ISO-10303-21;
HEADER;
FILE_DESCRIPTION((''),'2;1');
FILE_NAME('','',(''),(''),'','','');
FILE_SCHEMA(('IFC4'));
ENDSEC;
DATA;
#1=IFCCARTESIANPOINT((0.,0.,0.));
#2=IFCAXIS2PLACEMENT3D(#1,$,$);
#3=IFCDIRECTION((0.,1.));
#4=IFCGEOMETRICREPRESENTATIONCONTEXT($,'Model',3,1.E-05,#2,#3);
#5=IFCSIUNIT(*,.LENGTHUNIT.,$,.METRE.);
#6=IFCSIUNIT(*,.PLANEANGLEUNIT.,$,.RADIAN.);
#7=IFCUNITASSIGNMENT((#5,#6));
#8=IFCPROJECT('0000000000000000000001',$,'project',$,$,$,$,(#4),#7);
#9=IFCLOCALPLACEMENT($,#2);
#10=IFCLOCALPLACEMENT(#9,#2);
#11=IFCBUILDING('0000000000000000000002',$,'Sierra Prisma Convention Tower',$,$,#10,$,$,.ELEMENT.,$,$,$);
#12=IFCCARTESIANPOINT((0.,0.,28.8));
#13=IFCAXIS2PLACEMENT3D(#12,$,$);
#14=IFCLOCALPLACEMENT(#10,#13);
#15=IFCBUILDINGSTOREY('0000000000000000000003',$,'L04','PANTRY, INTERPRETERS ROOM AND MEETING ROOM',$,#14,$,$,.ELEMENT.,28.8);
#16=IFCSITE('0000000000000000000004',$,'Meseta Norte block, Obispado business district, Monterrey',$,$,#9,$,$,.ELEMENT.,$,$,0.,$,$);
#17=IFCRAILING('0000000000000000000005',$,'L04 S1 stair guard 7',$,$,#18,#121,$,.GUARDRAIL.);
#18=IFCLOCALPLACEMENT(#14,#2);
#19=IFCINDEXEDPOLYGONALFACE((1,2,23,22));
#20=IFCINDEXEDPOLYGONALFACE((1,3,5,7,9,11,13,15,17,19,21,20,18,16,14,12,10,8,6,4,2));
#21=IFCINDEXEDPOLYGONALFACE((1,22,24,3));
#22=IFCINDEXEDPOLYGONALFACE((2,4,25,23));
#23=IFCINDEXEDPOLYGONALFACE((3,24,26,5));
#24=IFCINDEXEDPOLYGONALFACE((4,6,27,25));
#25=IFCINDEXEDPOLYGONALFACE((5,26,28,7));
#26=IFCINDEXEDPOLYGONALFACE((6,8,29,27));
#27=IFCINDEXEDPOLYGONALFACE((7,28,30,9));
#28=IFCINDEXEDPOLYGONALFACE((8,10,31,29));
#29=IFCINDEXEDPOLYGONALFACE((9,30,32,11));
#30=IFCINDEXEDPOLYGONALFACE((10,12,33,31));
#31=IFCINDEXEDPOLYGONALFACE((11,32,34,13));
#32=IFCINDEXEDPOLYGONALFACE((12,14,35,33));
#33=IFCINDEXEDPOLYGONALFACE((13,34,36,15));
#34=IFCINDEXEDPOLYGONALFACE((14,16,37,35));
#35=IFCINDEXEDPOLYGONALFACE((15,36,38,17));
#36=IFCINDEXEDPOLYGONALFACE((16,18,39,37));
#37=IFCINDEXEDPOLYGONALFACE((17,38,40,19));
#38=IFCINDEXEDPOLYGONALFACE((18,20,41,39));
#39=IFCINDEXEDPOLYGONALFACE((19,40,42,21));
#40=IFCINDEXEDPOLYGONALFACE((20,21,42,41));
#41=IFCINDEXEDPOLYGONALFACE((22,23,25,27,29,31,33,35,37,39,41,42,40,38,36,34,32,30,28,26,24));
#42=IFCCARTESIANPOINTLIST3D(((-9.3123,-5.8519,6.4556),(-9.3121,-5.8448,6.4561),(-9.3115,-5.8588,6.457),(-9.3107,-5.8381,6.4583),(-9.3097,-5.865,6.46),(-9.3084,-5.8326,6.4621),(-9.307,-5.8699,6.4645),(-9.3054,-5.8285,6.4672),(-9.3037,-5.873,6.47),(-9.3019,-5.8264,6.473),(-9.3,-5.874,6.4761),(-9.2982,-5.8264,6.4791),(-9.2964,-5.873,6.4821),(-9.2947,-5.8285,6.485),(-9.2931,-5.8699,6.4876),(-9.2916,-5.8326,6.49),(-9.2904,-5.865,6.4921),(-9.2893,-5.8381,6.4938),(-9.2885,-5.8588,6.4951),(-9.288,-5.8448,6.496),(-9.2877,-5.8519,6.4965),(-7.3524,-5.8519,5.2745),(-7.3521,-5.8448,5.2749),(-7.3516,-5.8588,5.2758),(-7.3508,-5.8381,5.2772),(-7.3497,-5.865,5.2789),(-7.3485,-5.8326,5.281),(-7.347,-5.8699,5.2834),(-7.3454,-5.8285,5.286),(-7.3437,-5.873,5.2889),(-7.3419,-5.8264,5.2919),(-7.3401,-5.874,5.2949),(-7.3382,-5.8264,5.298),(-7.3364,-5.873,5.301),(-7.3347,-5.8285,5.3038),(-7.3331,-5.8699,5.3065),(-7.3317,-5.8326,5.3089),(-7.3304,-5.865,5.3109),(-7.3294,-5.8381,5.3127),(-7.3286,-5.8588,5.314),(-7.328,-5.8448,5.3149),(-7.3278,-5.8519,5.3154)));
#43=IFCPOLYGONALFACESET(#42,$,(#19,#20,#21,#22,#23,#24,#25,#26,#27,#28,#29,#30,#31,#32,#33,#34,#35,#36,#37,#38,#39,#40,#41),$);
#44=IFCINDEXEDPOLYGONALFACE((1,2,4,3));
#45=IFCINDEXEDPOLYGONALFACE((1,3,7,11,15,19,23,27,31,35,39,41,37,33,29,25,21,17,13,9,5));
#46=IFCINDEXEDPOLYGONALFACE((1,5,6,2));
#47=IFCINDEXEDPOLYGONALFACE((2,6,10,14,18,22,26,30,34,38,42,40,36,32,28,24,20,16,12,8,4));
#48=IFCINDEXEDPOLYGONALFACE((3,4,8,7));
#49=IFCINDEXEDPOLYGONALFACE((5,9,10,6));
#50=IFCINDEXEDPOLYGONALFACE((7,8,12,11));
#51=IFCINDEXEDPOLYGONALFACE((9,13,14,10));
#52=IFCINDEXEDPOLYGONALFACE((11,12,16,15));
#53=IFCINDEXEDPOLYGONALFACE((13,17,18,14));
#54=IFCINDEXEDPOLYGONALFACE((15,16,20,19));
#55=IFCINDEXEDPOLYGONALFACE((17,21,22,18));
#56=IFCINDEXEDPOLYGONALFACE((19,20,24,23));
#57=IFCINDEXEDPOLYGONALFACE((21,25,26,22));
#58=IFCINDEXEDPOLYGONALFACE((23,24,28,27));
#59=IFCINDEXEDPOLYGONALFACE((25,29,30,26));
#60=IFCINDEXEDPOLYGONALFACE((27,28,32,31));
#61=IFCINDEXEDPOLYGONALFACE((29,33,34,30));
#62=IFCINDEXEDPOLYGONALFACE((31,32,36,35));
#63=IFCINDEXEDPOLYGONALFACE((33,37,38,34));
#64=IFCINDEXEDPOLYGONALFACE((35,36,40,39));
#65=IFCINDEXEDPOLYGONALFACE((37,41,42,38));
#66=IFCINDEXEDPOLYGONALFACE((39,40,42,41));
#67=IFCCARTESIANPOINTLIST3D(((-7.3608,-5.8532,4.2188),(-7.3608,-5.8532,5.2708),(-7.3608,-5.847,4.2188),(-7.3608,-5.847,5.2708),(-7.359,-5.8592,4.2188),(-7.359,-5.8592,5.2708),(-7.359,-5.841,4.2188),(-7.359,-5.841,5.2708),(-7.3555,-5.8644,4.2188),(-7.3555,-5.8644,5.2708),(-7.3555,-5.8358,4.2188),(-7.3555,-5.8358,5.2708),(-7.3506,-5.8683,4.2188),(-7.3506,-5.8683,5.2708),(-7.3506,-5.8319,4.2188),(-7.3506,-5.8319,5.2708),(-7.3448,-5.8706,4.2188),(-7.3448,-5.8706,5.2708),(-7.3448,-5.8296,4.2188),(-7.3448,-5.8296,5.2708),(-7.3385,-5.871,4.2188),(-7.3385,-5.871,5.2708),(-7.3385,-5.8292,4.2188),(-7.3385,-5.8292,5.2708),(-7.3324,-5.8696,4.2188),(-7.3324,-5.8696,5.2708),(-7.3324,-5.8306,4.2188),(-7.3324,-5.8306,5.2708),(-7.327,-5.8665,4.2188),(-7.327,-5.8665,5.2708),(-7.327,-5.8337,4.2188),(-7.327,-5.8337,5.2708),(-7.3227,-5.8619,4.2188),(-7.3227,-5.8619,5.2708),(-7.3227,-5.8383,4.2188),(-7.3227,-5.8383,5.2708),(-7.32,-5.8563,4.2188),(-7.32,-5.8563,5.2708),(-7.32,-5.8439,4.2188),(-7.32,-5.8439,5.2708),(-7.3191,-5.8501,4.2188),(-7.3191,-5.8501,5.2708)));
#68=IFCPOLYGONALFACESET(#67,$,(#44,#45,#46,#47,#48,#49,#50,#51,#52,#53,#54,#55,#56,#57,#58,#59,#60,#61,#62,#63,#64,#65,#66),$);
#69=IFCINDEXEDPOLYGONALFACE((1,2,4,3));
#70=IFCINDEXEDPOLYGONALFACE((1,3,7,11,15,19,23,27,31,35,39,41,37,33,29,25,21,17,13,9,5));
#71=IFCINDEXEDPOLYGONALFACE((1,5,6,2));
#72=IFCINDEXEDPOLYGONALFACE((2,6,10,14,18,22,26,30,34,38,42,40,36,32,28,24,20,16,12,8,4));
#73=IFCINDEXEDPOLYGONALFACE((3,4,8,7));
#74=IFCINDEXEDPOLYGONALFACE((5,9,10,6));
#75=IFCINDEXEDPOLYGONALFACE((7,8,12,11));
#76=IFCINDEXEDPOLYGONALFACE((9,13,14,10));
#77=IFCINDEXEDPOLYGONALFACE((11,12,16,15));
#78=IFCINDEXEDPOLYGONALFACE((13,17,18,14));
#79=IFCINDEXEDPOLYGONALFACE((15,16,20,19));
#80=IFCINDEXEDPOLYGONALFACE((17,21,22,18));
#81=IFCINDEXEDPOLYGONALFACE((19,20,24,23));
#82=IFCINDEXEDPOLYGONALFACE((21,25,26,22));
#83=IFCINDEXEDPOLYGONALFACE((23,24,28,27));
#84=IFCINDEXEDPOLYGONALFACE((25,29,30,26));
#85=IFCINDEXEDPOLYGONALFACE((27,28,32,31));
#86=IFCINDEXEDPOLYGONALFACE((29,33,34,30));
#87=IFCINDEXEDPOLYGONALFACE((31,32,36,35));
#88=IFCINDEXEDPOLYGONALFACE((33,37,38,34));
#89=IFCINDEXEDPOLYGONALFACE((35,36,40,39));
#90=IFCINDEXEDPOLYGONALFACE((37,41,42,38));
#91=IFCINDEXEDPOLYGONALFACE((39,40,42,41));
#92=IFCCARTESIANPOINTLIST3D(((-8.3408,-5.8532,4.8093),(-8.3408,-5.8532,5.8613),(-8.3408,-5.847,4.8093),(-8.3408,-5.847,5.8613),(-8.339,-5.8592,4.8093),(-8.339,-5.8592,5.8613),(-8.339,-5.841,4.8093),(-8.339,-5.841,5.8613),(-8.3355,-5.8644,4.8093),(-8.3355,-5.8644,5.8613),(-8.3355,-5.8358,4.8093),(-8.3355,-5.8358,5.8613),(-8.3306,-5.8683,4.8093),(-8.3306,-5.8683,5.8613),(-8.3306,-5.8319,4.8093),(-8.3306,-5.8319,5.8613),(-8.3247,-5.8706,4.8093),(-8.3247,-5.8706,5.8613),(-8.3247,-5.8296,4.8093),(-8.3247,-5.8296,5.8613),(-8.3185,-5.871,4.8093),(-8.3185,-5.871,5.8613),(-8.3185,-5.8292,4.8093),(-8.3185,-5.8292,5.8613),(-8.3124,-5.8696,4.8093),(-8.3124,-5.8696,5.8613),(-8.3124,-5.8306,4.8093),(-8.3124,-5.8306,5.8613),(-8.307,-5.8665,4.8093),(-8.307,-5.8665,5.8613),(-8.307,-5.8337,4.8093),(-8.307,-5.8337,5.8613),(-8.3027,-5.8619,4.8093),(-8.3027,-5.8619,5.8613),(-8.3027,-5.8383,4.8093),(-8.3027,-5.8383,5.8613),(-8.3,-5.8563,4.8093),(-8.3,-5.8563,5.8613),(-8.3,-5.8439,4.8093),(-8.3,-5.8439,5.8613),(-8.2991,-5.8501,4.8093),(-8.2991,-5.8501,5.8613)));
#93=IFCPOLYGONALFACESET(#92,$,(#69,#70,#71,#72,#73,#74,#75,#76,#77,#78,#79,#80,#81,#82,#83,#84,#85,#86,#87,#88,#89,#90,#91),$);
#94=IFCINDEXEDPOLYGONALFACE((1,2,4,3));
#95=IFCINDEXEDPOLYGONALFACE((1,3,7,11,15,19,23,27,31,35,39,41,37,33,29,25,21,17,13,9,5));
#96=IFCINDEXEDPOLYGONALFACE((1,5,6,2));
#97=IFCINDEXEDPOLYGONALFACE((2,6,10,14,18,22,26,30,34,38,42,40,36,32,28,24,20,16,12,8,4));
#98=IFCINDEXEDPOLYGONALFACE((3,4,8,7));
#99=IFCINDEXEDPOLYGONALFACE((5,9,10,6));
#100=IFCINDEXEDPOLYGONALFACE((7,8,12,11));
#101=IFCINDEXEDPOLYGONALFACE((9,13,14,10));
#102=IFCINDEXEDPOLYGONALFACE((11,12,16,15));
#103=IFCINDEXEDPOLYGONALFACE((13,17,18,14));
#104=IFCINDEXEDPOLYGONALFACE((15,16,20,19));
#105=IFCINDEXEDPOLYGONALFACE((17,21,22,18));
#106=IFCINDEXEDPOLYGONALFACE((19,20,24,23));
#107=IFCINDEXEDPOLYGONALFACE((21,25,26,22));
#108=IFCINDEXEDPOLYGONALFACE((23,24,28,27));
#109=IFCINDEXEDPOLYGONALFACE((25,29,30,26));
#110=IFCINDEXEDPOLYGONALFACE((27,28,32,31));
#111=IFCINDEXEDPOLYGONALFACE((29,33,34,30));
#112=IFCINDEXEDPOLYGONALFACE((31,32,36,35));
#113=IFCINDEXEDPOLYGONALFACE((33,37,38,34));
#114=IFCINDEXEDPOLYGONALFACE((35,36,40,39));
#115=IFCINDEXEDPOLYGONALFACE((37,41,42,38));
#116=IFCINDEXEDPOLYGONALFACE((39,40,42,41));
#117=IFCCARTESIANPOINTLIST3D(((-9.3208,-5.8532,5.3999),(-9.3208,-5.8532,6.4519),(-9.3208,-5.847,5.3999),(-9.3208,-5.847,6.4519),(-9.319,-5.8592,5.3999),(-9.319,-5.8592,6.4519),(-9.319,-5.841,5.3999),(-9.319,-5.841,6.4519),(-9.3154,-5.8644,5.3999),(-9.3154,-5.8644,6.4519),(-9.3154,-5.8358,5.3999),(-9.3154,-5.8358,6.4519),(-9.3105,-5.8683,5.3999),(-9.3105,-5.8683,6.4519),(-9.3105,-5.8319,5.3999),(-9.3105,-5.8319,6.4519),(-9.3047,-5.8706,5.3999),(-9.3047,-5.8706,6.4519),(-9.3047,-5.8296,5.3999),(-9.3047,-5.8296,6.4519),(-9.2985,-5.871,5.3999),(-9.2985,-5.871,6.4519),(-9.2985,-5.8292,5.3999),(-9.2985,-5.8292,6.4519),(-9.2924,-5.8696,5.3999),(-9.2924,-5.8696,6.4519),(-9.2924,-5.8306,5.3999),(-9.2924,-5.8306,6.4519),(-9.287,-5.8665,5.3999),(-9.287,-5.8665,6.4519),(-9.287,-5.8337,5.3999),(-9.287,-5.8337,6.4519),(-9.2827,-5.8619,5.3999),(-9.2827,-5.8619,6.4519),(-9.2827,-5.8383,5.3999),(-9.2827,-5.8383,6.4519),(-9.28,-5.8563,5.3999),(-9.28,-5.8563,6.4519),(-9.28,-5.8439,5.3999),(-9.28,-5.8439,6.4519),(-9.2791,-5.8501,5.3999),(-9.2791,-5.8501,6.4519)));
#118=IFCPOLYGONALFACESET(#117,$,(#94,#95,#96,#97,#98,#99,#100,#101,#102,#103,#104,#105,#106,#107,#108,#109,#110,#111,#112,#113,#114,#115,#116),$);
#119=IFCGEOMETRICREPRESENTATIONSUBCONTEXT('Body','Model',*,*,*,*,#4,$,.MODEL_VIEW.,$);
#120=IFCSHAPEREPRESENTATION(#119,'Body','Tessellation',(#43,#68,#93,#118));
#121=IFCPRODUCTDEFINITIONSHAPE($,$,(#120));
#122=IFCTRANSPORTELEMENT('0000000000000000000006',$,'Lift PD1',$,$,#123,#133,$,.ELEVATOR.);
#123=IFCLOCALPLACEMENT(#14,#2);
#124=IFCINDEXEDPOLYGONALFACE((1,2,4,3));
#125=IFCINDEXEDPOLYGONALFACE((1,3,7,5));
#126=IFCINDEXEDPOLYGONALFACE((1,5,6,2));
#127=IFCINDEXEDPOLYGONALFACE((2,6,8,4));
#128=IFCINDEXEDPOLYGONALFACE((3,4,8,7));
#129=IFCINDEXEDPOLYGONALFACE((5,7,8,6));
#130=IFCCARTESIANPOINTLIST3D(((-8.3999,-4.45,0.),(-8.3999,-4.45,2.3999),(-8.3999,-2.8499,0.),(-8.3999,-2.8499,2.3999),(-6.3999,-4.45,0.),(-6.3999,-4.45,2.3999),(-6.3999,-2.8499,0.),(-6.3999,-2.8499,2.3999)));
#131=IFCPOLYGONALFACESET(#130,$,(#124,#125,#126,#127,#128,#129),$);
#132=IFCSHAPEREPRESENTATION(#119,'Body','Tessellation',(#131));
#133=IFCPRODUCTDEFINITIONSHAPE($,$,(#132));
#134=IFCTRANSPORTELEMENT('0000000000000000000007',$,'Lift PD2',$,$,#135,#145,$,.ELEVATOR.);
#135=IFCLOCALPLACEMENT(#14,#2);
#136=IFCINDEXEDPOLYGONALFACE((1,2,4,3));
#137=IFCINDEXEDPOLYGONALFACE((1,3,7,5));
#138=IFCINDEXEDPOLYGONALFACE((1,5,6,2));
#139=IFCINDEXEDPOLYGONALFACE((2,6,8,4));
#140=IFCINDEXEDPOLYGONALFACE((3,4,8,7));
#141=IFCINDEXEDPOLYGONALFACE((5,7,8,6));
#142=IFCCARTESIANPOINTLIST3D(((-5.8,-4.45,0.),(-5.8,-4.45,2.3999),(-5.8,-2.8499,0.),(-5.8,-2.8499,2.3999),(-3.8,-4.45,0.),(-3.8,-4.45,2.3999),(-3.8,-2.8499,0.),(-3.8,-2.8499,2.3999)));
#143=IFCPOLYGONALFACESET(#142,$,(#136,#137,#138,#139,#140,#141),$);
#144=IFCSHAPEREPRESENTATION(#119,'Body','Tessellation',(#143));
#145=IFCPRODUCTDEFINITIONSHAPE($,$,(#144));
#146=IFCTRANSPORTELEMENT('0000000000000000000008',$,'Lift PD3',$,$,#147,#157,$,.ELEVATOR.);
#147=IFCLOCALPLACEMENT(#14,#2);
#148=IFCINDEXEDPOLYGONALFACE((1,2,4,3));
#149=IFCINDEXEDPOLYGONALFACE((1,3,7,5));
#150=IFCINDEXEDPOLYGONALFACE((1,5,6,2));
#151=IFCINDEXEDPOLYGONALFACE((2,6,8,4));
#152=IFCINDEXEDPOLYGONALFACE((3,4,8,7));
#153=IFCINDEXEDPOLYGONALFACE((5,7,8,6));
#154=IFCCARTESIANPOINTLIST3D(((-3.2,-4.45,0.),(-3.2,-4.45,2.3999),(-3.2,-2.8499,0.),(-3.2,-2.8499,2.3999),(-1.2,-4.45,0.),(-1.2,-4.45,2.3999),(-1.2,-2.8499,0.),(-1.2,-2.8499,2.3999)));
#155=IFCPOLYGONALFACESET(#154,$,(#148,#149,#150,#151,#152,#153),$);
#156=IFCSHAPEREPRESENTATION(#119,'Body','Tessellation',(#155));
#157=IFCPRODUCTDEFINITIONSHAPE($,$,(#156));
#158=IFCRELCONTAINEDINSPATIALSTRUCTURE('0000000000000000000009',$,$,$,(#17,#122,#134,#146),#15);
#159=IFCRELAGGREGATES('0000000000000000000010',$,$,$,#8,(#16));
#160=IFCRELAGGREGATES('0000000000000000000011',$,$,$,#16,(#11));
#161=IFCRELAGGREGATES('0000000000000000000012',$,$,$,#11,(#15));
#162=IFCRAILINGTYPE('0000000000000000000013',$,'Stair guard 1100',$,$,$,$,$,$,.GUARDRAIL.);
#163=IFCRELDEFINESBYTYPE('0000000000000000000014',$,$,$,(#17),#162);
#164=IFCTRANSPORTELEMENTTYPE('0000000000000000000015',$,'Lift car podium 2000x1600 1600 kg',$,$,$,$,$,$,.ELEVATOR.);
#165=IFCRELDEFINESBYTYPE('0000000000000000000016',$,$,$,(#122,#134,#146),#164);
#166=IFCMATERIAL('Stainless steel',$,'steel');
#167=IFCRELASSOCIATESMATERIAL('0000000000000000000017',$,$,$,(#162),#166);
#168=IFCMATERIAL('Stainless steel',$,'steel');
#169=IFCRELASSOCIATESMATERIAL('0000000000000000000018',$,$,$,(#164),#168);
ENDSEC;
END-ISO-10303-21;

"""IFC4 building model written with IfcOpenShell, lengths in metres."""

from ifc_helpers import new_model, si_unit, direction, frame, origin, origin_2d, place, context, subcontext, project, spatial, rectangle, circle, extrude, material, type_object, element, save


model = new_model("IFC4")

# Units and contexts
model_context = context("Model", 3, precision=1e-05, world=origin(), true_north=direction((0.0, 1.0)))
body_context = subcontext(model_context, "Body", "Model", "MODEL_VIEW")
ifc_project = project(units=[si_unit("LENGTHUNIT", "METRE"), si_unit("PLANEANGLEUNIT", "RADIAN")], contexts=[model_context])

# Site, building, storey
site_placement = place(None, origin())
site = spatial("IfcSite", under=ifc_project, at=site_placement, Name="Meseta Norte block, Obispado business district, Monterrey", CompositionType="ELEMENT", RefElevation=0.0)
building_placement = place(site_placement, origin())
building = spatial("IfcBuilding", under=site, at=building_placement, Name="Sierra Prisma Convention Tower", CompositionType="ELEMENT")
storey_placement = place(building_placement, frame((0.0, 0.0, 28.8)))
storey = spatial("IfcBuildingStorey", under=building, at=storey_placement, Name="L04", Description="PANTRY, INTERPRETERS ROOM AND MEETING ROOM", CompositionType="ELEMENT", Elevation=28.8)

# Railing
ifc_material_1 = material(Name="Stainless steel", Category="steel")
railing_type_1 = type_object("IfcRailingType", Name="Stair guard 1100", PredefinedType="GUARDRAIL", material=ifc_material_1)
railing_placement = place(storey_placement, frame((-7.3401, -5.8501, 4.2188)))
element("IfcRailing", 1, at=railing_placement, inside=storey, type_object=railing_type_1, Name="L04 S1 stair guard 7", PredefinedType="GUARDRAIL", context=body_context, shape_type="SweptSolid", body=[
    extrude(circle(Radius=0.0239, at=origin_2d()), frame((0.0, 0.0, 1.0762), z_axis=(-0.856493, 0.0, 0.516158), x_axis=(0.0, -1.0, 0.0)), (0.0, 0.0, 1.0), 2.2883),
    extrude(circle(Radius=0.021, at=origin_2d()), origin(), (0.0, 0.0, 1.0), 1.052),
    extrude(circle(Radius=0.021, at=origin_2d()), frame((-0.98, 0.0, 0.5906)), (0.0, 0.0, 1.0), 1.052),
    extrude(circle(Radius=0.021, at=origin_2d()), frame((-1.96, 0.0, 1.1812)), (0.0, 0.0, 1.0), 1.052),
])

# Transport elements
ifc_material_2 = material(Name="Stainless steel", Category="steel")
transport_element_type = type_object("IfcTransportElementType", Name="Lift car podium 2000x1600 1600 kg", PredefinedType="ELEVATOR", material=ifc_material_2)
for number, where, z_axis, x_axis, name in (
    (2, (-7.3999, -3.6499, 0.0), (0.0, 0.0, 1.0), (1.0, 0.0, 0.0), "Lift PD1"),
    (3, (-4.8, -3.6499, 0.0), (0.0, 0.0, 1.0), (1.0, 0.0, 0.0), "Lift PD2"),
    (4, (-2.2, -3.6499, 0.0), (0.0, 0.0, 1.0), (1.0, 0.0, 0.0), "Lift PD3"),
):
    element("IfcTransportElement", number, at=place(storey_placement, frame(where, z_axis=z_axis, x_axis=x_axis)), inside=storey, type_object=transport_element_type, Name=name, PredefinedType="ELEVATOR", context=body_context, shape_type="SweptSolid", body=[
        extrude(rectangle(XDim=2.0, YDim=1.6001, at=origin_2d()), origin(), (0.0, 0.0, 1.0), 2.3999),
    ])

save(model, "model.ifc")
